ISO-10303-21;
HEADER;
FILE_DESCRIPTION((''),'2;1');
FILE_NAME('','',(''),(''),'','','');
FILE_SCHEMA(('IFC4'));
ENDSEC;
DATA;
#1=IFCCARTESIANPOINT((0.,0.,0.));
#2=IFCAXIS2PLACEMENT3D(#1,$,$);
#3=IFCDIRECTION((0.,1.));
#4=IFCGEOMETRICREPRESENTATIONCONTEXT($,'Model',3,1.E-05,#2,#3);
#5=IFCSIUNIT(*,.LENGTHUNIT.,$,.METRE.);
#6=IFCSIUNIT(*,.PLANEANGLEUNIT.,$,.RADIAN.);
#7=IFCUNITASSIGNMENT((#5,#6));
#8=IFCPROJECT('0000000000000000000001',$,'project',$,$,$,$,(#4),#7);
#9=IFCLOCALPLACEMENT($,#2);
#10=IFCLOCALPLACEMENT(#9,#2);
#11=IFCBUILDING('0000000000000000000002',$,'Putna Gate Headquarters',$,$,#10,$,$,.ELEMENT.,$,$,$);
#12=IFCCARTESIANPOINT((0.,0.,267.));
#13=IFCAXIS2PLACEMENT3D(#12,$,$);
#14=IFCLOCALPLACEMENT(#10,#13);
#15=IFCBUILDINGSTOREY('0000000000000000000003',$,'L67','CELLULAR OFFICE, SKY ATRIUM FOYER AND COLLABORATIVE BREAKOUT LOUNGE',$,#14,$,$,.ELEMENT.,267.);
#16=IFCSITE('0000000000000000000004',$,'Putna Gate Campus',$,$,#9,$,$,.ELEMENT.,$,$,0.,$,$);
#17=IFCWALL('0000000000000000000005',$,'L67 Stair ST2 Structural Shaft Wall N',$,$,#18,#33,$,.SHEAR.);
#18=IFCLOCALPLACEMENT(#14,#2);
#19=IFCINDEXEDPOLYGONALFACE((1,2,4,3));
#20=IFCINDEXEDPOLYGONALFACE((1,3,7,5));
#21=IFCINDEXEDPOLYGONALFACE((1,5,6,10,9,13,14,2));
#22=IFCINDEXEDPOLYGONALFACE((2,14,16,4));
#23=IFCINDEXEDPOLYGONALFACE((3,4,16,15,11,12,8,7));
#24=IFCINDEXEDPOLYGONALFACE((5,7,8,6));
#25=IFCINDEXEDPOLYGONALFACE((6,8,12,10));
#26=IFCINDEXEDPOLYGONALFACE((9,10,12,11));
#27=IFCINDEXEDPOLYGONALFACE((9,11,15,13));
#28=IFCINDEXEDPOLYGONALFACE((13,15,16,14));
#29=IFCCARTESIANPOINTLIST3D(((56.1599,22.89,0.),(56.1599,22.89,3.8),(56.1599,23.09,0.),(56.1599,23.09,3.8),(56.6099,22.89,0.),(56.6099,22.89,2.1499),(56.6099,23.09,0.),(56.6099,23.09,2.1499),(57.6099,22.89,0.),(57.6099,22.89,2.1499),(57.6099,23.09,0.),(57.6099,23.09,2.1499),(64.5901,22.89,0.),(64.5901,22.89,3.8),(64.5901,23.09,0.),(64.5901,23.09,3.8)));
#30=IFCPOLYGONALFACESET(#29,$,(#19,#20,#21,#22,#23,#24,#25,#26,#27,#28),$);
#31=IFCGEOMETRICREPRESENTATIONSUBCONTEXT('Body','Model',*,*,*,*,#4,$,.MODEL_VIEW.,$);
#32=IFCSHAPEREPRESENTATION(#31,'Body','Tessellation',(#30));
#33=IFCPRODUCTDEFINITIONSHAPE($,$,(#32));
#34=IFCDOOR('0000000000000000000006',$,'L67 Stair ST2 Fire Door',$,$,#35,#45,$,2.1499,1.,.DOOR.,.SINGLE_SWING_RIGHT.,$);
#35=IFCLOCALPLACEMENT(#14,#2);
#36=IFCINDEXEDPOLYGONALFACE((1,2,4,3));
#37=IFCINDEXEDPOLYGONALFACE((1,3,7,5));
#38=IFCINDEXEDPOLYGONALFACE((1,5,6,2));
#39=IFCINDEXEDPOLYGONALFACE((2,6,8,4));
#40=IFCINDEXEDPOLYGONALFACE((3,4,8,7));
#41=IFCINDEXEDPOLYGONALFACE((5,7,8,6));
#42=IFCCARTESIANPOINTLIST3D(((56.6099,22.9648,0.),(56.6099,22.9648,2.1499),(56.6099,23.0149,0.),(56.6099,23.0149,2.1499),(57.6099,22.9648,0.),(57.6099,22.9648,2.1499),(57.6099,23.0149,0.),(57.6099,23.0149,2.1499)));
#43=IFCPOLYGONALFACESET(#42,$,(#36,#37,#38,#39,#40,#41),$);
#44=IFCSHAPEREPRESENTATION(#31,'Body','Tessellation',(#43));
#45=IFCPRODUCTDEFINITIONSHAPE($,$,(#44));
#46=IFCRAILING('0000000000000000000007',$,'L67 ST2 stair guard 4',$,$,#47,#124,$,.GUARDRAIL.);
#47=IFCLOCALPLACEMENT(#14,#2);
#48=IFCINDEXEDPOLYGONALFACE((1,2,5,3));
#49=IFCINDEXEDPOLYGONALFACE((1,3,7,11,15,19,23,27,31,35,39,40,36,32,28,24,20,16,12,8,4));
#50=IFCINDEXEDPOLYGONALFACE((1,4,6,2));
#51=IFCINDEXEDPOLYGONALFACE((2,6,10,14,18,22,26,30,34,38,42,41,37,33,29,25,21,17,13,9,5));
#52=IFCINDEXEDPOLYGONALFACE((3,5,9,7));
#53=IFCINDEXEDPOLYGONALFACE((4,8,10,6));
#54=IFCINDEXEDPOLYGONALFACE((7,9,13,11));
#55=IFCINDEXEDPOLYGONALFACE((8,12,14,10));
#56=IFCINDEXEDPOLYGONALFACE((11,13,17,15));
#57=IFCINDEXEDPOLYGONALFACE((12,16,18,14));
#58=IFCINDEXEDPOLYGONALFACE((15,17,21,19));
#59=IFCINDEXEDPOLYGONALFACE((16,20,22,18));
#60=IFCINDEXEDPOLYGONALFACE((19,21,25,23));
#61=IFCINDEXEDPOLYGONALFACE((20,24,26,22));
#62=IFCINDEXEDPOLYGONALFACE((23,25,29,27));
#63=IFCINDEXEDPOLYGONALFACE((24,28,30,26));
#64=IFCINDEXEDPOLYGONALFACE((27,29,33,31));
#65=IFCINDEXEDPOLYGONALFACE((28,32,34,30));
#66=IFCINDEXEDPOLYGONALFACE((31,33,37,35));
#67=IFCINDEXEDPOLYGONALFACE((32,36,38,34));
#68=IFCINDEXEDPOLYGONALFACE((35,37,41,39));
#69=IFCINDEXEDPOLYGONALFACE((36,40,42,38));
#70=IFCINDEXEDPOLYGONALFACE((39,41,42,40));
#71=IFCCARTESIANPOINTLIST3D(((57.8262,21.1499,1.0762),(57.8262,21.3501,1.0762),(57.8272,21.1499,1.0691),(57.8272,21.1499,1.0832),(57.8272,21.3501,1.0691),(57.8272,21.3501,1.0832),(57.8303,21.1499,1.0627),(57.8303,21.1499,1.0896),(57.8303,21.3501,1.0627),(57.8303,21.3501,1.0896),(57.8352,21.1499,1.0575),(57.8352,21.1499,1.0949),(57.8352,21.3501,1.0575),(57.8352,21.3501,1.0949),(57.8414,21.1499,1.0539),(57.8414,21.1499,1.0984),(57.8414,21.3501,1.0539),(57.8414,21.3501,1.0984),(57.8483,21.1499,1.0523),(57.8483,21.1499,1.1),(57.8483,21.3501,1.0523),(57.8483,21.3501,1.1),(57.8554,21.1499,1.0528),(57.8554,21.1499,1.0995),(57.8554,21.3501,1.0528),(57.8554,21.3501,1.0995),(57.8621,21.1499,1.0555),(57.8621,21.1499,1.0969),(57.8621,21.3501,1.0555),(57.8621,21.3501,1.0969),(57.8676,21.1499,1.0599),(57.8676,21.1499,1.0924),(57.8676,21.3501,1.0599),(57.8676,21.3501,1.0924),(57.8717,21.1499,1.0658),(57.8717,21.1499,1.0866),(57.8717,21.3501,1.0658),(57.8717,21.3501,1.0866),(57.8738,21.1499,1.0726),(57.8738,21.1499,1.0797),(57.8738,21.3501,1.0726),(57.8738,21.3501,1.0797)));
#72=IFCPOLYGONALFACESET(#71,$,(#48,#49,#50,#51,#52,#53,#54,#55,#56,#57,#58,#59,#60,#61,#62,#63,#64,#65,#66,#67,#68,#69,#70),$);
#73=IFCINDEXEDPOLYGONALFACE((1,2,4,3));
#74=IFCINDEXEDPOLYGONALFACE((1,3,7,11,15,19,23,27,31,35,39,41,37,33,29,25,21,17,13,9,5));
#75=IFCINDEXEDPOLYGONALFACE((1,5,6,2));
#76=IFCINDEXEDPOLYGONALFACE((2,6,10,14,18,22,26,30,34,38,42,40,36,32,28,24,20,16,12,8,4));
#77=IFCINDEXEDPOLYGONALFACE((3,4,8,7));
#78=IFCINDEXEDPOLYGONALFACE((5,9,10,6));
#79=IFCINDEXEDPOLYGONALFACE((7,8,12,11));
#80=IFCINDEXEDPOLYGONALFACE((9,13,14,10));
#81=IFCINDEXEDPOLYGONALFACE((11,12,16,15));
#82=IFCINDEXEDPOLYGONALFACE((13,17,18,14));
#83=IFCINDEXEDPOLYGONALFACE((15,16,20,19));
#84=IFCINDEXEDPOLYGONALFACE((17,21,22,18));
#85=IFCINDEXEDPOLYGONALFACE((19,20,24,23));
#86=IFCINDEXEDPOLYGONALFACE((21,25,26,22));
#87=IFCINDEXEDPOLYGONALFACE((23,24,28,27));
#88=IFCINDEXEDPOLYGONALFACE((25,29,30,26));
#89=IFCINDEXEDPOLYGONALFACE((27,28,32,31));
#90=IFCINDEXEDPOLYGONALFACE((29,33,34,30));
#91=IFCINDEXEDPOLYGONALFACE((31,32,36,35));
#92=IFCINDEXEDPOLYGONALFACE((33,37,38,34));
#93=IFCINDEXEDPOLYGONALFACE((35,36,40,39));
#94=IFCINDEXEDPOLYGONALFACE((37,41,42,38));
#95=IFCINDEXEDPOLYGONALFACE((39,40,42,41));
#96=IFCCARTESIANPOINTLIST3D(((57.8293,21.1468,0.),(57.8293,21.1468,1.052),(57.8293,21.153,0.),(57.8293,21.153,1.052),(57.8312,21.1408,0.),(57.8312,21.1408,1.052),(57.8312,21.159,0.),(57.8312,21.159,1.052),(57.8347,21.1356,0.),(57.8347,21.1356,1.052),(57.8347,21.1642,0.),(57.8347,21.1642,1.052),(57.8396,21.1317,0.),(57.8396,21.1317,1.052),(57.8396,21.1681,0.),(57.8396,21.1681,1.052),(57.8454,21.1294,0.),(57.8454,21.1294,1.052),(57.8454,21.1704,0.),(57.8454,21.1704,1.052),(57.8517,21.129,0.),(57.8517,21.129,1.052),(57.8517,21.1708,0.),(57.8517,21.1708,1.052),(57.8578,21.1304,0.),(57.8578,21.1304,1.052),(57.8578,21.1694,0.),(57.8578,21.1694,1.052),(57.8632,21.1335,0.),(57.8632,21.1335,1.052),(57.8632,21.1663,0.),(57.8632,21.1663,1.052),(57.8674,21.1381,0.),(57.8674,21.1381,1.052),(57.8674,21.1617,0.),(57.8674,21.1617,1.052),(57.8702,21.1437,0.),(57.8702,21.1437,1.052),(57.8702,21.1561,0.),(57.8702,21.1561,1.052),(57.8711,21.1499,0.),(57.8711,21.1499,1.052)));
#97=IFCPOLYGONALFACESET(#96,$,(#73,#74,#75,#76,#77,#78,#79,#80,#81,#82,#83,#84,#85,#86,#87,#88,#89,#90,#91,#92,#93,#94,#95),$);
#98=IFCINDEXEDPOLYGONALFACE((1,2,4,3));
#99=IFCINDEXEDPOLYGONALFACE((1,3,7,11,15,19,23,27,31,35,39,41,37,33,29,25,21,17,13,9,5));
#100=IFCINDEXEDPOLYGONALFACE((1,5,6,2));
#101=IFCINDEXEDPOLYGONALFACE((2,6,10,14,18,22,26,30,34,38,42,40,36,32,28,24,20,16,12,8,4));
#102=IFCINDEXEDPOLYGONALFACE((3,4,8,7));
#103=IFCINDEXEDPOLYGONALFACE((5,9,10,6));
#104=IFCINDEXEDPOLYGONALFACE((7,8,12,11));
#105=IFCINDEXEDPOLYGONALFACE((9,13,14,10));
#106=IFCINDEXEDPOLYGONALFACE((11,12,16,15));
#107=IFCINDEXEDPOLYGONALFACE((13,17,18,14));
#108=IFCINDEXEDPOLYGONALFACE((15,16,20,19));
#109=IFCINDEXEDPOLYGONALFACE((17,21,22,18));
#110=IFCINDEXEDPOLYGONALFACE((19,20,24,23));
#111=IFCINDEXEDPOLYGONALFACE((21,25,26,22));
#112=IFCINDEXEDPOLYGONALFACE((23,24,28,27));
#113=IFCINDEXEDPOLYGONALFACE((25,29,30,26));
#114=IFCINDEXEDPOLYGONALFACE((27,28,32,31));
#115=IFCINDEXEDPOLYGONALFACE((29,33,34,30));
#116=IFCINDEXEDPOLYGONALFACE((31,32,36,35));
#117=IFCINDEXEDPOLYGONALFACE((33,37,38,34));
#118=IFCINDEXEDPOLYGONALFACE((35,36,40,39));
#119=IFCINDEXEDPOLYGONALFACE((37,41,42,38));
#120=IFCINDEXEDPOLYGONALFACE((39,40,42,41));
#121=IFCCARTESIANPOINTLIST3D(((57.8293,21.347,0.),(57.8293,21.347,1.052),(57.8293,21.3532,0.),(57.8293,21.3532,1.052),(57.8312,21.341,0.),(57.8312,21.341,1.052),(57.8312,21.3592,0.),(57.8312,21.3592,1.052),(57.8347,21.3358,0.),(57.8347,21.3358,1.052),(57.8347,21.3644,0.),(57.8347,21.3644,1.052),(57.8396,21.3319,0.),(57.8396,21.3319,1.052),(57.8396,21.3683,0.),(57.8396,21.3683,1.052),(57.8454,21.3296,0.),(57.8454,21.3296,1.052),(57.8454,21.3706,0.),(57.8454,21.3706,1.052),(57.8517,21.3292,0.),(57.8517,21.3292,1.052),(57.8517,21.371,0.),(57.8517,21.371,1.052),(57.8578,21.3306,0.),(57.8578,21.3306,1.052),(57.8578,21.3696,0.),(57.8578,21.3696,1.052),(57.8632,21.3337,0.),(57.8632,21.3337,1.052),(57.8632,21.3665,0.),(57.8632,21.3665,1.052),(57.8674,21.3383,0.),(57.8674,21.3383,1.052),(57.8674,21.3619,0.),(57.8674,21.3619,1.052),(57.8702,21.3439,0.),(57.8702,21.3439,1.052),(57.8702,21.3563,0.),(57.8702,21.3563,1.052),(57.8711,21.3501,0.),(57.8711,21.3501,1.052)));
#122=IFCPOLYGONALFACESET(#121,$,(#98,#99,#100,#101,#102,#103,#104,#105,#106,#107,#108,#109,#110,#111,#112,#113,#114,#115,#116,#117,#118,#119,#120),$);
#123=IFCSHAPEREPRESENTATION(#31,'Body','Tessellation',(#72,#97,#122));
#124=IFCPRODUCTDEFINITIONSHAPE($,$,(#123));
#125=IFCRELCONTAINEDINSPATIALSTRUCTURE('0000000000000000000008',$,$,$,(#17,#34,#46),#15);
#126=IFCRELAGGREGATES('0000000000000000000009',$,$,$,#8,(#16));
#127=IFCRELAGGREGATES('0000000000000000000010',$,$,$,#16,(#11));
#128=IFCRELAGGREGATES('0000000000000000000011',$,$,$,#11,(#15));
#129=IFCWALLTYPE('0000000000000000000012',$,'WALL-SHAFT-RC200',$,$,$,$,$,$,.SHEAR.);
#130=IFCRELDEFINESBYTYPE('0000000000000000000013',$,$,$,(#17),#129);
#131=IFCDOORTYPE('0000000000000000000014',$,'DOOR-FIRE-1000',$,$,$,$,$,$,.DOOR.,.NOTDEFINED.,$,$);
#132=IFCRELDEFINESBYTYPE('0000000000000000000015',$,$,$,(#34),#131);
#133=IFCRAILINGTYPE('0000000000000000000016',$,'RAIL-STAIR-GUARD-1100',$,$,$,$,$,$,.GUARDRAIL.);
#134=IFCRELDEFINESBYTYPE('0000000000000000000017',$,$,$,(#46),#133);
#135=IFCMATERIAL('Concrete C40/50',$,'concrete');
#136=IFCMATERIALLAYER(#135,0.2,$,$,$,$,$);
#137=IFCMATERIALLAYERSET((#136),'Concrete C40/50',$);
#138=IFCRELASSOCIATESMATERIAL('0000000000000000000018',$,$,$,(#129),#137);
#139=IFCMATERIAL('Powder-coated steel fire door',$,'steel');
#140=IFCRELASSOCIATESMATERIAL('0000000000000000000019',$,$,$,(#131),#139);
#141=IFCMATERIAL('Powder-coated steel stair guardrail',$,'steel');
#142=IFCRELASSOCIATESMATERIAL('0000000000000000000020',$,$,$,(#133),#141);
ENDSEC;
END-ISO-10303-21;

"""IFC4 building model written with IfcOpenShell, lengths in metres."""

from ifc_helpers import new_model, si_unit, direction, frame, frame_2d, origin, origin_2d, place, context, subcontext, project, spatial, rectangle, circle, extrude, material, layer, layer_set, type_object, element, fill, save


model = new_model("IFC4")

# Units and contexts
model_context = context("Model", 3, precision=1e-05, world=origin(), true_north=direction((0.0, 1.0)))
body_context = subcontext(model_context, "Body", "Model", "MODEL_VIEW")
ifc_project = project(units=[si_unit("LENGTHUNIT", "METRE"), si_unit("PLANEANGLEUNIT", "RADIAN")], contexts=[model_context])

# Site, building, storey
site_placement = place(None, origin())
site = spatial("IfcSite", under=ifc_project, at=site_placement, Name="Putna Gate Campus", CompositionType="ELEMENT", RefElevation=0.0)
building_placement = place(site_placement, origin())
building = spatial("IfcBuilding", under=site, at=building_placement, Name="Putna Gate Headquarters", CompositionType="ELEMENT")
storey_placement = place(building_placement, frame((0.0, 0.0, 267.0)))
storey = spatial("IfcBuildingStorey", under=building, at=storey_placement, Name="L67", Description="CELLULAR OFFICE, SKY ATRIUM FOYER AND COLLABORATIVE BREAKOUT LOUNGE", CompositionType="ELEMENT", Elevation=267.0)

# Shared definitions
ifc_material_1 = material(Name="Concrete C40/50", Category="concrete")

# Wall, opening, door
ifc_layer_1 = layer(ifc_material_1, 0.2)
ifc_layer_set_1 = layer_set([ifc_layer_1], Name="Concrete C40/50")
wall_type_1 = type_object("IfcWallType", Name="WALL-SHAFT-RC200", PredefinedType="SHEAR", material=ifc_layer_set_1)
wall_1_placement = place(storey_placement, frame((56.1599, 22.99, 0.0), z_axis=(0.0, 0.0, 1.0), x_axis=(1.0, 0.0, 0.0)))
wall_1 = element("IfcWall", 1, at=wall_1_placement, inside=storey, type_object=wall_type_1, Name="L67 Stair ST2 Structural Shaft Wall N", PredefinedType="SHEAR", context=body_context, shape_type="SweptSolid", body=[
    extrude(rectangle(XDim=8.4302, YDim=0.2, at=frame_2d((4.2151, 0.0))), origin(), (0.0, 0.0, 1.0), 3.8),
])
opening_1_placement = place(wall_1_placement, frame((0.45, 0.0, 0.0)))
opening_1 = element("IfcOpeningElement", 2, at=opening_1_placement, cuts=wall_1, PredefinedType="OPENING", context=body_context, shape_type="SweptSolid", body=[
    extrude(rectangle(XDim=1.0, YDim=2.1499, at=frame_2d((0.5, 1.075))), frame((0.0, 0.1099, 0.0), z_axis=(0.0, -1.0, 0.0), x_axis=(1.0, 0.0, 0.0)), (0.0, 0.0, 1.0), 0.22),
])
ifc_material_2 = material(Name="Powder-coated steel fire door", Category="steel")
door_type_1 = type_object("IfcDoorType", Name="DOOR-FIRE-1000", OperationType="NOTDEFINED", PredefinedType="DOOR", material=ifc_material_2)
door_1_placement = place(opening_1_placement, origin())
door_1 = element("IfcDoor", 3, at=door_1_placement, inside=storey, type_object=door_type_1, Name="L67 Stair ST2 Fire Door", OperationType="SINGLE_SWING_RIGHT", OverallHeight=2.1499, OverallWidth=1.0, PredefinedType="DOOR", context=body_context, shape_type="SweptSolid", body=[
    extrude(rectangle(XDim=1.0, YDim=2.1499, at=frame_2d((0.5, 1.075))), frame((0.0, 0.0249, 0.0), z_axis=(0.0, -1.0, 0.0), x_axis=(1.0, 0.0, 0.0)), (0.0, 0.0, 1.0), 0.05),
])
fill(opening_1, door_1)

# Railing
ifc_material_3 = material(Name="Powder-coated steel stair guardrail", Category="steel")
railing_type_1 = type_object("IfcRailingType", Name="RAIL-STAIR-GUARD-1100", PredefinedType="GUARDRAIL", material=ifc_material_3)
railing_1_placement = place(storey_placement, frame((57.8501, 21.1499, 0.0)))
element("IfcRailing", 4, at=railing_1_placement, inside=storey, type_object=railing_type_1, Name="L67 ST2 stair guard 4", PredefinedType="GUARDRAIL", context=body_context, shape_type="SweptSolid", body=[
    extrude(circle(Radius=0.0239, at=origin_2d()), frame((0.0, 0.0, 1.0762), z_axis=(0.0, 1.0, 0.0), x_axis=(-1.0, 0.0, 0.0)), (0.0, 0.0, 1.0), 0.2002),
    extrude(circle(Radius=0.021, at=origin_2d()), origin(), (0.0, 0.0, 1.0), 1.052),
    extrude(circle(Radius=0.021, at=origin_2d()), frame((0.0, 0.2002, 0.0)), (0.0, 0.0, 1.0), 1.052),
])

save(model, "model.ifc")
